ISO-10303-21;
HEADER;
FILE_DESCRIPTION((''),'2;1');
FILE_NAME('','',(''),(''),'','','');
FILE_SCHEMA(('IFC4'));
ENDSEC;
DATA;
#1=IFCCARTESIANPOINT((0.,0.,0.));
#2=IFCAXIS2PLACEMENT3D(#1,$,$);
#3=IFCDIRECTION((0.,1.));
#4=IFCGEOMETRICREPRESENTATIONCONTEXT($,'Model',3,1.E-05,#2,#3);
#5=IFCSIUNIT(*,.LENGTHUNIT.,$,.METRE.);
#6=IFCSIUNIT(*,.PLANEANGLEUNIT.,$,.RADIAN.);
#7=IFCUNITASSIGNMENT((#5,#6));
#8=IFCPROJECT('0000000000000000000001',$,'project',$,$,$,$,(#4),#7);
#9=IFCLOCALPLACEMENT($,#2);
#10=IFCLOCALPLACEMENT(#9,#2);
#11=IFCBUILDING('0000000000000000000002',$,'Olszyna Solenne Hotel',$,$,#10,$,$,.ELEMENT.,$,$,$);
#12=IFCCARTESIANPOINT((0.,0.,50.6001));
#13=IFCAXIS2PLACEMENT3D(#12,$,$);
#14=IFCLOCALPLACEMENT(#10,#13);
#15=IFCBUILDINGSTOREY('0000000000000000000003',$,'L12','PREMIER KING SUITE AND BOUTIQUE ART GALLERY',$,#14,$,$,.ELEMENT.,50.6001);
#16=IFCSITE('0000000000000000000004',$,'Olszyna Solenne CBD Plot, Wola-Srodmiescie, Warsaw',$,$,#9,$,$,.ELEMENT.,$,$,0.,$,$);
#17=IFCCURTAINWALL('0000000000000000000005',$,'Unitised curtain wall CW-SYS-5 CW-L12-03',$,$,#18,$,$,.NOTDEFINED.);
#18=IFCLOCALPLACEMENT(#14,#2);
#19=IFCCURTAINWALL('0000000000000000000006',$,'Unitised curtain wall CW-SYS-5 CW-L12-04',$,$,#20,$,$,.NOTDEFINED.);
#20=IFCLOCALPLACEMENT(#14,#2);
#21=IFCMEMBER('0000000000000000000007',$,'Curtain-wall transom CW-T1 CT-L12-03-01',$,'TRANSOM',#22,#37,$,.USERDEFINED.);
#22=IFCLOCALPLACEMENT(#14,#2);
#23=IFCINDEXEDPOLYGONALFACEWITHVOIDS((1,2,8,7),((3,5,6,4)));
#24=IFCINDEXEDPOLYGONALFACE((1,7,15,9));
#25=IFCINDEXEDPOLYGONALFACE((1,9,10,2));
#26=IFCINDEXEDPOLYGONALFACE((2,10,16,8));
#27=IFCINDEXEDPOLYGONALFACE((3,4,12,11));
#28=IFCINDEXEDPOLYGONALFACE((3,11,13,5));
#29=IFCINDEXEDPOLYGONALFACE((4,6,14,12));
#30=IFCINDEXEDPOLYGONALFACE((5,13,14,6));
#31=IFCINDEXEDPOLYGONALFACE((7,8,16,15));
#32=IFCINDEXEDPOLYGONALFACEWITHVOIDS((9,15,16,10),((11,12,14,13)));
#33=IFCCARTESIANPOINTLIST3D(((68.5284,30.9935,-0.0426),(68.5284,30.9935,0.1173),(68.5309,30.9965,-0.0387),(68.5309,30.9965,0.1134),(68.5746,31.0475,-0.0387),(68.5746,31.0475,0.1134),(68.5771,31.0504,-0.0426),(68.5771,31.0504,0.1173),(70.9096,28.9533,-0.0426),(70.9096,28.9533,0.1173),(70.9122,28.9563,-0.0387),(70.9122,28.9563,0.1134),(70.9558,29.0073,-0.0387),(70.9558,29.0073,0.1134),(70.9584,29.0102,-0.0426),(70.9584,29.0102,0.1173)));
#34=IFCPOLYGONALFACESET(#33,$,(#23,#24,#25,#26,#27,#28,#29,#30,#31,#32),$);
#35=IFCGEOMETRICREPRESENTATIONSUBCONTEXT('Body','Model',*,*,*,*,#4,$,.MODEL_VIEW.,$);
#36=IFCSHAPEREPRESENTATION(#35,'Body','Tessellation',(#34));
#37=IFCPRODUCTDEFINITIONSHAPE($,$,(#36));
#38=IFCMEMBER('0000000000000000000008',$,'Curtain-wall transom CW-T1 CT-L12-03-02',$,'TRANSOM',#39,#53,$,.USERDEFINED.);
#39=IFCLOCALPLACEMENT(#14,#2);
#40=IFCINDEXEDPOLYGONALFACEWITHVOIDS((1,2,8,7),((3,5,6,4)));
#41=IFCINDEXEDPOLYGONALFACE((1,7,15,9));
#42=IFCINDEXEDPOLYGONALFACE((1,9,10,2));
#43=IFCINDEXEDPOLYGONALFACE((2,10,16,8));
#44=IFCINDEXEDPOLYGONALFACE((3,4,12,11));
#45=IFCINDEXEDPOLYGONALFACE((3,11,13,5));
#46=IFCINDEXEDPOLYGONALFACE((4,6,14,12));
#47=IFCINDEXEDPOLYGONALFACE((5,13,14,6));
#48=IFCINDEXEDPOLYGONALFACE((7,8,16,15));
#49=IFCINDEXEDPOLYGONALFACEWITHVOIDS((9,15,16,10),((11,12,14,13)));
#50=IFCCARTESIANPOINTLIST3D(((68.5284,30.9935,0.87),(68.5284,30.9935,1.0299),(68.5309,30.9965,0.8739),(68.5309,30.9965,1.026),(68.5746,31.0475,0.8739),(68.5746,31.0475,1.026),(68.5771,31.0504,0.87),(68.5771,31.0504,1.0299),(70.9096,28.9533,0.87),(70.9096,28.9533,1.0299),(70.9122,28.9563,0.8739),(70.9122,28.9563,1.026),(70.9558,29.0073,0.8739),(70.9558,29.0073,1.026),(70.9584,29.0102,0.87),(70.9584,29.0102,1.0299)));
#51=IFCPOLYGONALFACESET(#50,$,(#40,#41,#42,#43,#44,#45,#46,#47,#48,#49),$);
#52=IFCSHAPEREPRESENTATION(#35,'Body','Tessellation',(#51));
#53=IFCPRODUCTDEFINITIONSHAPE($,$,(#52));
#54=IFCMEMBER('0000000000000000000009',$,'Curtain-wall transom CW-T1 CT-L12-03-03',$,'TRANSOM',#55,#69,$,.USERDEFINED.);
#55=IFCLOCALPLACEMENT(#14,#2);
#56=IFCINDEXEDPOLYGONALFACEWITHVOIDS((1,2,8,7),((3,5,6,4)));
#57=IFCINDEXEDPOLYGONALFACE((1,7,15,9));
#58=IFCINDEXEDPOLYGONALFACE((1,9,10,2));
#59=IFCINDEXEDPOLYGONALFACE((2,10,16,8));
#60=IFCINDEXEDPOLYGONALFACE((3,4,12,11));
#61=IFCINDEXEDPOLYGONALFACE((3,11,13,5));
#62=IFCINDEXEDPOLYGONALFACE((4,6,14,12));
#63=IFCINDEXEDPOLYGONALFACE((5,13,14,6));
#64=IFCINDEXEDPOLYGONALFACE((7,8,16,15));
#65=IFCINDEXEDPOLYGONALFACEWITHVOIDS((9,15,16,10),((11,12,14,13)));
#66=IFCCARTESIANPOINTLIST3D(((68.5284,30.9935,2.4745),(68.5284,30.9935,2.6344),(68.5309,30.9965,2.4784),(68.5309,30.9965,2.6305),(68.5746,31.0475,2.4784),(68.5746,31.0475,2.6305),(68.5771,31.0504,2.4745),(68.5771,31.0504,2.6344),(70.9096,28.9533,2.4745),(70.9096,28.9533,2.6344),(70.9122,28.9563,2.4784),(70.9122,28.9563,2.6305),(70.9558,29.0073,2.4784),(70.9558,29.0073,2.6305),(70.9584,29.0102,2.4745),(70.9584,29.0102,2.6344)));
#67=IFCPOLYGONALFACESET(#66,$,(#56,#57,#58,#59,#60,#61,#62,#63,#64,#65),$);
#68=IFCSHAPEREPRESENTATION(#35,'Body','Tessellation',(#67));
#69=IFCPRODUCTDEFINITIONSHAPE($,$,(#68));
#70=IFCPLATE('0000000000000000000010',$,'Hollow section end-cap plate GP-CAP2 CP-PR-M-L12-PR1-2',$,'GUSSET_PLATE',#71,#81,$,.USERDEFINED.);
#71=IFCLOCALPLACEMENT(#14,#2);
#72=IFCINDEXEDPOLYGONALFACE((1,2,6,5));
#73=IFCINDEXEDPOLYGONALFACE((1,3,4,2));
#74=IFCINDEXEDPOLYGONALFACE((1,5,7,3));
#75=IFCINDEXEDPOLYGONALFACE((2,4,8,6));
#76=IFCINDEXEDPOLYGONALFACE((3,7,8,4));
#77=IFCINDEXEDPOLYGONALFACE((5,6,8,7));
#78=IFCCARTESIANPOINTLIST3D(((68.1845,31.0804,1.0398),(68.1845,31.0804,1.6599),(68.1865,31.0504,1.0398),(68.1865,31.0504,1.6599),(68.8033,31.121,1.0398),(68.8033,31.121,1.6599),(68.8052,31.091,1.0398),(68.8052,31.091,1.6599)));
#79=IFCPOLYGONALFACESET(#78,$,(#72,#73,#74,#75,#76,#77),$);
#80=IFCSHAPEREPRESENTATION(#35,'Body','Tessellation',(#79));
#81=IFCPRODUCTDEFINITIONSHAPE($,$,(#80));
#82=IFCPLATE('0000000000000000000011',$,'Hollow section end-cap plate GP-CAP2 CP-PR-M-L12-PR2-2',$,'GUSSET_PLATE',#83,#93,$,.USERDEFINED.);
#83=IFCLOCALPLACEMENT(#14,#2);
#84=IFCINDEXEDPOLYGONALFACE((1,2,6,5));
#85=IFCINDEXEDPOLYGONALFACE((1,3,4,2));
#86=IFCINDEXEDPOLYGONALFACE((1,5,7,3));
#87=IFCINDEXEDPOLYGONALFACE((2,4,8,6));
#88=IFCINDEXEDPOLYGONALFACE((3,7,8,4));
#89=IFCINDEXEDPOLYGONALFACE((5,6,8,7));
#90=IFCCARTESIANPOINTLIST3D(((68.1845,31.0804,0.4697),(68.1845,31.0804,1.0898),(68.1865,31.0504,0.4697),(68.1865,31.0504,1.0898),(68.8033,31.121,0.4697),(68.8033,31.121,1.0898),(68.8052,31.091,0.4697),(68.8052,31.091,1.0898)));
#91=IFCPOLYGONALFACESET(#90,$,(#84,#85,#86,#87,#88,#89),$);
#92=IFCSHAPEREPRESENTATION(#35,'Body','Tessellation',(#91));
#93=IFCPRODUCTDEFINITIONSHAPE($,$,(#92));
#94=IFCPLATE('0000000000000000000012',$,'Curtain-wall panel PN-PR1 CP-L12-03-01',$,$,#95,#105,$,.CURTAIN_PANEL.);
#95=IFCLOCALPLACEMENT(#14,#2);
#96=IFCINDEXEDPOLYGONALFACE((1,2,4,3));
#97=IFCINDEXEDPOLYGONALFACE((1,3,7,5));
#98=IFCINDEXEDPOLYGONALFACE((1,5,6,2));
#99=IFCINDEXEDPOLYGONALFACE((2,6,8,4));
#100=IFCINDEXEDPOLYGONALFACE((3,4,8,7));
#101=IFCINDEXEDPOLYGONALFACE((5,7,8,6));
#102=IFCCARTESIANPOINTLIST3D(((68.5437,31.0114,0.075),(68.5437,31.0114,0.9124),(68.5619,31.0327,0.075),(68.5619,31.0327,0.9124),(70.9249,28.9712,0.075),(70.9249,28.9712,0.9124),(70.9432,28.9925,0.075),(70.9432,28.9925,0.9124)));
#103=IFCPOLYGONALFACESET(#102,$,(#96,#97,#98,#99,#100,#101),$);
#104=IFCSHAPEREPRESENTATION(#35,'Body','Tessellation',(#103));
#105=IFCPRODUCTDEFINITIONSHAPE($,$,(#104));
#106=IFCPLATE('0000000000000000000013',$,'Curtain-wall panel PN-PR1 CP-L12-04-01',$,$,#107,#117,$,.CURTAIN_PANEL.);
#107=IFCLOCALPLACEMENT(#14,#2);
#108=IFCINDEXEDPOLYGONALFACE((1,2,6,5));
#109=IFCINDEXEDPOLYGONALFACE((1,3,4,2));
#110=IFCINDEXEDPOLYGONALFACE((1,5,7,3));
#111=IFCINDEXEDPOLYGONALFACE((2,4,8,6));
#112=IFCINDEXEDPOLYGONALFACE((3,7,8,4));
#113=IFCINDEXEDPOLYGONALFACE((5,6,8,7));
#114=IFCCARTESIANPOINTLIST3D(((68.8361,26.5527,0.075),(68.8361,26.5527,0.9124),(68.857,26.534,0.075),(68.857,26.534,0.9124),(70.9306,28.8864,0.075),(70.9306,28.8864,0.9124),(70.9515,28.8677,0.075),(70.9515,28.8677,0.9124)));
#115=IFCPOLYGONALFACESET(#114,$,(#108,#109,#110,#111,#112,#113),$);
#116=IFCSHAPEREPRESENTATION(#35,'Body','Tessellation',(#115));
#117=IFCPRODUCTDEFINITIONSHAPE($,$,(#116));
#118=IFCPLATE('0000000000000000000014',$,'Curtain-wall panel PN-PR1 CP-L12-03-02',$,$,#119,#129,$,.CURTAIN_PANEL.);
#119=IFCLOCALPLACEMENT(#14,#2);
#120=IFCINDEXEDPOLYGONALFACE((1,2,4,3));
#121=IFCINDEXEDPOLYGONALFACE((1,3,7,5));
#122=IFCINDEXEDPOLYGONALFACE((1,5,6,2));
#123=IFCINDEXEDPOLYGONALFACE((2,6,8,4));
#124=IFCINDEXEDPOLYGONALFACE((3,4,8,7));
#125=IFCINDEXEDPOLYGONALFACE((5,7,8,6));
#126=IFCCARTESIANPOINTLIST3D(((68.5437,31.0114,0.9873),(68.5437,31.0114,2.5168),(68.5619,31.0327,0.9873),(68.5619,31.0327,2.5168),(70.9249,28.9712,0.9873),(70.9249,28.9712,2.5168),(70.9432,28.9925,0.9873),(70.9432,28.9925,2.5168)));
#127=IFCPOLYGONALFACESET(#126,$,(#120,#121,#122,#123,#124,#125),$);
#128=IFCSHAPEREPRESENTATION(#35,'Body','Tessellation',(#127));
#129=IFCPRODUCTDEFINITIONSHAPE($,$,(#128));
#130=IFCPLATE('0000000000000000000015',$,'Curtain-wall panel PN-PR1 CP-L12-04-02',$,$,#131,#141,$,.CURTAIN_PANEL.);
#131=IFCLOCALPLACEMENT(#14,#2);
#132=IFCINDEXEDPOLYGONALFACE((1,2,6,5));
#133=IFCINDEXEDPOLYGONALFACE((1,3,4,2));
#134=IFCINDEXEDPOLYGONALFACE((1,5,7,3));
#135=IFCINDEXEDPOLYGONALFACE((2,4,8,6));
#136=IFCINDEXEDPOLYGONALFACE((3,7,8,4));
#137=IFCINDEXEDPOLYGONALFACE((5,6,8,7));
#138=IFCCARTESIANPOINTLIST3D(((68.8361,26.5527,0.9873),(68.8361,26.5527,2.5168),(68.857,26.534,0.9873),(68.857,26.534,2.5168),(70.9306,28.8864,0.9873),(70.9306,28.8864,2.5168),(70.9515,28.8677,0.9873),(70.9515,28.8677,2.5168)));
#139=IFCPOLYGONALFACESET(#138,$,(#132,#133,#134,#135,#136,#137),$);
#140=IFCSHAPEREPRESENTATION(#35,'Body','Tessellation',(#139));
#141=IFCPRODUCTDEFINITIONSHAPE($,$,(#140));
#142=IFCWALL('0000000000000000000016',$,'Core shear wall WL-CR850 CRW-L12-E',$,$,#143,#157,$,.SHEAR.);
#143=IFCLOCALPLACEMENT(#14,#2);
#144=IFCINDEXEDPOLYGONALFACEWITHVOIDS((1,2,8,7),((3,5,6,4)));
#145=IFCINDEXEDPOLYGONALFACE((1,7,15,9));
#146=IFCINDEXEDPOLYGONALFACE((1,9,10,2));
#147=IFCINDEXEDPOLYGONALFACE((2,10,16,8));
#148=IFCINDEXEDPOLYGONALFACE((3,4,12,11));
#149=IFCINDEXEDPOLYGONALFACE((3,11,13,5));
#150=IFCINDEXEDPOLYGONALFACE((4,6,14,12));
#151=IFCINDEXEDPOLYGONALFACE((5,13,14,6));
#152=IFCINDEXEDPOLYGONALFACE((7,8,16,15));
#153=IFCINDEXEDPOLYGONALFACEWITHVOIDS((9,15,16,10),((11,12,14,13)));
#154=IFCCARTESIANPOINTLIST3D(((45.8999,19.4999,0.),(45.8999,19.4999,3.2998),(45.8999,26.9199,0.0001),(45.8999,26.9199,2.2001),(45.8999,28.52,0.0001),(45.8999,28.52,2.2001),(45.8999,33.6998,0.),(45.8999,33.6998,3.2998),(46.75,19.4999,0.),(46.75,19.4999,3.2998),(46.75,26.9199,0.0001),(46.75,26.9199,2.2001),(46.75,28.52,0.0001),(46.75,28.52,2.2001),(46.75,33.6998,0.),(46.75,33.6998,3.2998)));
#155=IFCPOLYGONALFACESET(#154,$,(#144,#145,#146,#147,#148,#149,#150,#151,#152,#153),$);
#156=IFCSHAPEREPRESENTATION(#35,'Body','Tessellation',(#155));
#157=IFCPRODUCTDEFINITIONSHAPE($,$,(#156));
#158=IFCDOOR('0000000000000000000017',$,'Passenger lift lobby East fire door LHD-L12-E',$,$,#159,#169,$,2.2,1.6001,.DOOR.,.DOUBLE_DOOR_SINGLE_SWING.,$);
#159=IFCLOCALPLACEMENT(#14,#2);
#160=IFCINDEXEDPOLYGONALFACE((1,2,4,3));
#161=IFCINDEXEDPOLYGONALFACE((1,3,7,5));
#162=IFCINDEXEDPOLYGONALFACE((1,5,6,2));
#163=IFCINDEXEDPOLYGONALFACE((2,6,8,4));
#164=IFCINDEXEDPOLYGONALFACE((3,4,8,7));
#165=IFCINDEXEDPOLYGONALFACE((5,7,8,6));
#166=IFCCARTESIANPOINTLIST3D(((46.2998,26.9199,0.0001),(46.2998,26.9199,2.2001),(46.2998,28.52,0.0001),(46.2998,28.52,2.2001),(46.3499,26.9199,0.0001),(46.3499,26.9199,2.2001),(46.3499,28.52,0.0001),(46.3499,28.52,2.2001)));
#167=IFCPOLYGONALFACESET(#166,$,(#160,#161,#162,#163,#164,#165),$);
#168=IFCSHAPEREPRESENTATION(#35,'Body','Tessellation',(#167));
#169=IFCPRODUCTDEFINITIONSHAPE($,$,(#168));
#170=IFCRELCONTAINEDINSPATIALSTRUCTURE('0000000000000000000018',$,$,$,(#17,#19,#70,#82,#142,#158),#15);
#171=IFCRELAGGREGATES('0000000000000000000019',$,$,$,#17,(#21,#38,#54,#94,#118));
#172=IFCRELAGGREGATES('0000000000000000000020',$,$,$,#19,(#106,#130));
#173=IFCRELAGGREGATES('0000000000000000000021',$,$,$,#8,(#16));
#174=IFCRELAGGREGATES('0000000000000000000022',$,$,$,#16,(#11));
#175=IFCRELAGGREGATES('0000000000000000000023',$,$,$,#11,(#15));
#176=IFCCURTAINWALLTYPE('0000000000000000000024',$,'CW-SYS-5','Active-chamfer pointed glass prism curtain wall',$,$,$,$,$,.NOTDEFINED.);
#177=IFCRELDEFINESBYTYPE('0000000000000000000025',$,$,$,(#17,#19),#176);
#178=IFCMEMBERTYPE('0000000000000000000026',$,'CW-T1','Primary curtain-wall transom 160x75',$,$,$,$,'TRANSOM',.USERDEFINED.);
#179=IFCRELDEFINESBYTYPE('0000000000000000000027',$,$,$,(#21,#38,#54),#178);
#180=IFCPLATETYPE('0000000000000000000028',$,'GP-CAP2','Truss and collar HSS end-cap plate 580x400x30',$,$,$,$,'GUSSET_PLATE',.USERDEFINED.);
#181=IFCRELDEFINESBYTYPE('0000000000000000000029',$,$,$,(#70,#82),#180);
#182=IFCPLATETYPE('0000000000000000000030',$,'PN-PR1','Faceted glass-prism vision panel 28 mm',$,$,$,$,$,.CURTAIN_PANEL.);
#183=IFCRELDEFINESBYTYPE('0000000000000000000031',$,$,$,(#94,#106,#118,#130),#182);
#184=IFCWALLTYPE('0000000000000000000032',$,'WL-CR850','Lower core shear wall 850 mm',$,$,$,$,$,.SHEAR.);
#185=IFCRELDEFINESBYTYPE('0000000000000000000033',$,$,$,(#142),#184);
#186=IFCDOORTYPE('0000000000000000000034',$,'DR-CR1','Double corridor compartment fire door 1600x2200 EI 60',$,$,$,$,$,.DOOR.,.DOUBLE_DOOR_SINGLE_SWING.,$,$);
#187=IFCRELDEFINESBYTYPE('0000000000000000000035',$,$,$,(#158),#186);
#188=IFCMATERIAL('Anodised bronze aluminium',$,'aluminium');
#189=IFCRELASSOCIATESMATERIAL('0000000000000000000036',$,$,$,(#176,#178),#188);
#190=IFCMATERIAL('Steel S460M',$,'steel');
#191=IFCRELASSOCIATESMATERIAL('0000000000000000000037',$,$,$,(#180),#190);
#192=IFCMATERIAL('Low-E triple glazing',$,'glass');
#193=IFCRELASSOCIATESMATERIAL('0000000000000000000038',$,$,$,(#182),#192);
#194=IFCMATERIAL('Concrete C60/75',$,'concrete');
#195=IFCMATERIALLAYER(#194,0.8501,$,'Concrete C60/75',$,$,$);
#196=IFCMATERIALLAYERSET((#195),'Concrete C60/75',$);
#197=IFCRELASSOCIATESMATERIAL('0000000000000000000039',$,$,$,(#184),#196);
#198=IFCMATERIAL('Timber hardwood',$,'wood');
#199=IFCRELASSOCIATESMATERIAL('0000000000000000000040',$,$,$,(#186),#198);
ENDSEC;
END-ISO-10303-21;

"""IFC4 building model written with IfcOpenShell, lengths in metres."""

from ifc_helpers import new_model, si_unit, direction, frame, frame_2d, origin, origin_2d, place, context, subcontext, project, spatial, rectangle, hollow_rectangle, extrude, source, transform, mapped, material, layer, layer_set, material_profile, profile_set, type_object, type_shapes, element, fill, aggregate, save


model = new_model("IFC4")

# Units and contexts
model_context = context("Model", 3, precision=1e-05, world=origin(), true_north=direction((0.0, 1.0)))
body_context = subcontext(model_context, "Body", "Model", "MODEL_VIEW")
ifc_project = project(units=[si_unit("LENGTHUNIT", "METRE"), si_unit("PLANEANGLEUNIT", "RADIAN")], contexts=[model_context])

# Site, building, storey
site_placement = place(None, origin())
site = spatial("IfcSite", under=ifc_project, at=site_placement, Name="Olszyna Solenne CBD Plot, Wola-Srodmiescie, Warsaw", CompositionType="ELEMENT", RefElevation=0.0)
building_placement = place(site_placement, origin())
building = spatial("IfcBuilding", under=site, at=building_placement, Name="Olszyna Solenne Hotel", CompositionType="ELEMENT")
storey_placement = place(building_placement, frame((0.0, 0.0, 50.6001)))
storey = spatial("IfcBuildingStorey", under=building, at=storey_placement, Name="L12", Description="PREMIER KING SUITE AND BOUTIQUE ART GALLERY", CompositionType="ELEMENT", Elevation=50.6001)

# Shared definitions
ifc_material_1 = material(Name="Steel S460M", Category="steel")

# Shared definitions
ifc_material_2 = material(Name="Anodised bronze aluminium", Category="aluminium")

# Curtain wall
curtain_wall_type_1 = type_object("IfcCurtainWallType", Name="CW-SYS-5", Description="Active-chamfer pointed glass prism curtain wall", PredefinedType="NOTDEFINED", material=ifc_material_2)
curtain_wall_1_placement = place(storey_placement, origin())
curtain_wall_1 = element("IfcCurtainWall", 1, at=curtain_wall_1_placement, inside=storey, type_object=curtain_wall_type_1, Name="Unitised curtain wall CW-SYS-5 CW-L12-03", PredefinedType="NOTDEFINED")

# Curtain wall
curtain_wall_2_placement = place(storey_placement, origin())
curtain_wall_2 = element("IfcCurtainWall", 2, at=curtain_wall_2_placement, inside=storey, type_object=curtain_wall_type_1, Name="Unitised curtain wall CW-SYS-5 CW-L12-04", PredefinedType="NOTDEFINED")

# Members
ifc_material_profile_1 = material_profile(ifc_material_2, hollow_rectangle(XDim=0.075, YDim=0.1599, WallThickness=0.0039, at=origin_2d()), Name="TRAN 160x75x4", Category="load-bearing")
ifc_profile_set_1 = profile_set([ifc_material_profile_1], Name="Anodised bronze aluminium")
member_type_1 = type_object("IfcMemberType", Name="CW-T1", Description="Primary curtain-wall transom 160x75", ElementType="TRANSOM", PredefinedType="USERDEFINED", material=ifc_profile_set_1)
shared_shape_1 = source(origin(), body_context, "Body", "SweptSolid", [
    extrude(hollow_rectangle(XDim=0.075, YDim=0.1599, WallThickness=0.0039, at=origin_2d()), origin(), (0.0, 0.0, 1.0), 3.1357),
])
member_1_placement = place(storey_placement, frame((68.5527, 31.022, 0.0374), z_axis=(0.759394, -0.650631, 0.0), x_axis=(0.650631, 0.759394, 0.0)))
member_1 = element("IfcMember", 3, at=member_1_placement, type_object=member_type_1, Name="Curtain-wall transom CW-T1 CT-L12-03-01", ObjectType="TRANSOM", PredefinedType="USERDEFINED", context=body_context, shape_type="MappedRepresentation", body=[
    mapped(shared_shape_1, transform((0.0, 0.0, 0.0), x_axis=(1.0, 0.0, 0.0), y_axis=(0.0, 1.0, 0.0), z_axis=(0.0, 0.0, 1.0), scale=1.0)),
])
member_2_placement = place(storey_placement, frame((68.5527, 31.022, 0.95), z_axis=(0.759394, -0.650631, 0.0), x_axis=(0.650631, 0.759394, 0.0)))
member_2 = element("IfcMember", 4, at=member_2_placement, type_object=member_type_1, Name="Curtain-wall transom CW-T1 CT-L12-03-02", ObjectType="TRANSOM", PredefinedType="USERDEFINED", context=body_context, shape_type="MappedRepresentation", body=[
    mapped(shared_shape_1, transform((0.0, 0.0, 0.0), x_axis=(1.0, 0.0, 0.0), y_axis=(0.0, 1.0, 0.0), z_axis=(0.0, 0.0, 1.0), scale=1.0)),
])
member_3_placement = place(storey_placement, frame((68.5527, 31.022, 2.5544), z_axis=(0.759394, -0.650631, 0.0), x_axis=(0.650631, 0.759394, 0.0)))
member_3 = element("IfcMember", 5, at=member_3_placement, type_object=member_type_1, Name="Curtain-wall transom CW-T1 CT-L12-03-03", ObjectType="TRANSOM", PredefinedType="USERDEFINED", context=body_context, shape_type="MappedRepresentation", body=[
    mapped(shared_shape_1, transform((0.0, 0.0, 0.0), x_axis=(1.0, 0.0, 0.0), y_axis=(0.0, 1.0, 0.0), z_axis=(0.0, 0.0, 1.0), scale=1.0)),
])

# Plates
plate_type_1 = type_object("IfcPlateType", Name="GP-CAP2", Description="Truss and collar HSS end-cap plate 580x400x30", ElementType="GUSSET_PLATE", PredefinedType="USERDEFINED", material=ifc_material_1)
shared_shape_2 = source(origin(), body_context, "Body", "SweptSolid", [
    extrude(rectangle(XDim=0.03, YDim=0.6201, at=origin_2d()), origin(), (0.0, 0.0, 1.0), 0.6201),
])
for number, where, z_axis, x_axis, name in (
    (6, (68.4949, 31.0857, 1.0398), (0.0, 0.0, 1.0), (-0.065403, 0.997859, 0.0), "Hollow section end-cap plate GP-CAP2 CP-PR-M-L12-PR1-2"),
    (7, (68.4949, 31.0857, 0.4697), (0.0, 0.0, 1.0), (-0.065403, 0.997859, 0.0), "Hollow section end-cap plate GP-CAP2 CP-PR-M-L12-PR2-2"),
):
    element("IfcPlate", number, at=place(storey_placement, frame(where, z_axis=z_axis, x_axis=x_axis)), inside=storey, type_object=plate_type_1, Name=name, ObjectType="GUSSET_PLATE", PredefinedType="USERDEFINED", context=body_context, shape_type="MappedRepresentation", body=[
        mapped(shared_shape_2, transform((0.0, 0.0, 0.0), x_axis=(1.0, 0.0, 0.0), y_axis=(0.0, 1.0, 0.0), z_axis=(0.0, 0.0, 1.0), scale=1.0)),
    ])

# Plates
ifc_material_3 = material(Name="Low-E triple glazing", Category="glass")
plate_type_2 = type_object("IfcPlateType", Name="PN-PR1", Description="Faceted glass-prism vision panel 28 mm", PredefinedType="CURTAIN_PANEL", material=ifc_material_3)
shared_shape_3 = source(origin(), body_context, "Body", "SweptSolid", [
    extrude(rectangle(XDim=3.1357, YDim=0.0281, at=origin_2d()), origin(), (0.0, 0.0, 1.0), 0.8374),
])
plate_1_placement = place(storey_placement, frame((69.7434, 30.002, 0.075), z_axis=(0.0, 0.0, 1.0), x_axis=(0.759383, -0.650643, 0.0)))
plate_1 = element("IfcPlate", 8, at=plate_1_placement, type_object=plate_type_2, Name="Curtain-wall panel PN-PR1 CP-L12-03-01", PredefinedType="CURTAIN_PANEL", context=body_context, shape_type="MappedRepresentation", body=[
    mapped(shared_shape_3, transform((0.0, 0.0, 0.0), x_axis=(1.0, 0.0, 0.0), y_axis=(0.0, 1.0, 0.0), z_axis=(0.0, 0.0, 1.0), scale=1.0)),
])
plate_2_placement = place(storey_placement, frame((69.8938, 27.7102, 0.075), z_axis=(0.0, 0.0, 1.0), x_axis=(0.667928, 0.744226, 0.0)))
plate_2 = element("IfcPlate", 9, at=plate_2_placement, type_object=plate_type_2, Name="Curtain-wall panel PN-PR1 CP-L12-04-01", PredefinedType="CURTAIN_PANEL", context=body_context, shape_type="MappedRepresentation", body=[
    mapped(shared_shape_3, transform((0.0, 0.0, 0.0), x_axis=(1.0, 0.0, 0.0), y_axis=(0.0, 1.0, 0.0), z_axis=(0.0, 0.0, 1.0), scale=1.0)),
])
shared_shape_4 = source(origin(), body_context, "Body", "SweptSolid", [
    extrude(rectangle(XDim=3.1357, YDim=0.0281, at=origin_2d()), origin(), (0.0, 0.0, 1.0), 1.5295),
])
plate_3_placement = place(storey_placement, frame((69.7434, 30.002, 0.9873), z_axis=(0.0, 0.0, 1.0), x_axis=(0.759383, -0.650643, 0.0)))
plate_3 = element("IfcPlate", 10, at=plate_3_placement, type_object=plate_type_2, Name="Curtain-wall panel PN-PR1 CP-L12-03-02", PredefinedType="CURTAIN_PANEL", context=body_context, shape_type="MappedRepresentation", body=[
    mapped(shared_shape_4, transform((0.0, 0.0, 0.0), x_axis=(1.0, 0.0, 0.0), y_axis=(0.0, 1.0, 0.0), z_axis=(0.0, 0.0, 1.0), scale=1.0)),
])
aggregate(curtain_wall_1, [member_1, member_2, member_3, plate_1, plate_3])
plate_4_placement = place(storey_placement, frame((69.8938, 27.7102, 0.9873), z_axis=(0.0, 0.0, 1.0), x_axis=(0.667928, 0.744226, 0.0)))
plate_4 = element("IfcPlate", 11, at=plate_4_placement, type_object=plate_type_2, Name="Curtain-wall panel PN-PR1 CP-L12-04-02", PredefinedType="CURTAIN_PANEL", context=body_context, shape_type="MappedRepresentation", body=[
    mapped(shared_shape_4, transform((0.0, 0.0, 0.0), x_axis=(1.0, 0.0, 0.0), y_axis=(0.0, 1.0, 0.0), z_axis=(0.0, 0.0, 1.0), scale=1.0)),
])
aggregate(curtain_wall_2, [plate_2, plate_4])

# Wall, opening, door
ifc_material_4 = material(Name="Concrete C60/75", Category="concrete")
ifc_layer_1 = layer(ifc_material_4, 0.8501, Name="Concrete C60/75")
ifc_layer_set_1 = layer_set([ifc_layer_1], Name="Concrete C60/75")
wall_type_1 = type_object("IfcWallType", Name="WL-CR850", Description="Lower core shear wall 850 mm", PredefinedType="SHEAR", material=ifc_layer_set_1)
wall_1_placement = place(storey_placement, frame((46.325, 33.7, 0.0), z_axis=(0.0, 0.0, 1.0), x_axis=(0.0, -1.0, 0.0)))
wall_1 = element("IfcWall", 12, at=wall_1_placement, inside=storey, type_object=wall_type_1, Name="Core shear wall WL-CR850 CRW-L12-E", PredefinedType="SHEAR", context=body_context, shape_type="SweptSolid", body=[
    extrude(rectangle(XDim=14.2, YDim=0.8501, at=frame_2d((7.1001, 0.0))), origin(), (0.0, 0.0, 1.0), 3.2998),
])
opening_1_placement = place(wall_1_placement, frame((5.1799, 0.0, 0.0)))
opening_1 = element("IfcOpeningElement", 13, at=opening_1_placement, cuts=wall_1, PredefinedType="OPENING", context=body_context, shape_type="SweptSolid", body=[
    extrude(rectangle(XDim=1.6001, YDim=2.2, at=frame_2d((0.8, 1.1001))), frame((0.0, 0.4351, 0.0), z_axis=(0.0, -1.0, 0.0), x_axis=(1.0, 0.0, 0.0)), (0.0, 0.0, 1.0), 0.8701),
])
ifc_material_5 = material(Name="Timber hardwood", Category="wood")
door_type_1 = type_object("IfcDoorType", Name="DR-CR1", Description="Double corridor compartment fire door 1600x2200 EI 60", OperationType="DOUBLE_DOOR_SINGLE_SWING", PredefinedType="DOOR", material=ifc_material_5)
shared_shape_5 = source(origin(), body_context, "Body", "SweptSolid", [
    extrude(rectangle(XDim=1.6001, YDim=2.2, at=frame_2d((0.8, 1.1001))), frame((0.0, 0.0249, 0.0), z_axis=(0.0, -1.0, 0.0), x_axis=(1.0, 0.0, 0.0)), (0.0, 0.0, 1.0), 0.05),
])
type_shapes(door_type_1, [shared_shape_5])
door_1_placement = place(opening_1_placement, origin())
door_1 = element("IfcDoor", 14, at=door_1_placement, inside=storey, type_object=door_type_1, Name="Passenger lift lobby East fire door LHD-L12-E", OperationType="DOUBLE_DOOR_SINGLE_SWING", OverallHeight=2.2, OverallWidth=1.6001, PredefinedType="DOOR", context=body_context, shape_type="MappedRepresentation", body=[
    mapped(shared_shape_5, transform((0.0, 0.0, 0.0), x_axis=(1.0, 0.0, 0.0), y_axis=(0.0, 1.0, 0.0), z_axis=(0.0, 0.0, 1.0), scale=1.0)),
])
fill(opening_1, door_1)

save(model, "model.ifc")
